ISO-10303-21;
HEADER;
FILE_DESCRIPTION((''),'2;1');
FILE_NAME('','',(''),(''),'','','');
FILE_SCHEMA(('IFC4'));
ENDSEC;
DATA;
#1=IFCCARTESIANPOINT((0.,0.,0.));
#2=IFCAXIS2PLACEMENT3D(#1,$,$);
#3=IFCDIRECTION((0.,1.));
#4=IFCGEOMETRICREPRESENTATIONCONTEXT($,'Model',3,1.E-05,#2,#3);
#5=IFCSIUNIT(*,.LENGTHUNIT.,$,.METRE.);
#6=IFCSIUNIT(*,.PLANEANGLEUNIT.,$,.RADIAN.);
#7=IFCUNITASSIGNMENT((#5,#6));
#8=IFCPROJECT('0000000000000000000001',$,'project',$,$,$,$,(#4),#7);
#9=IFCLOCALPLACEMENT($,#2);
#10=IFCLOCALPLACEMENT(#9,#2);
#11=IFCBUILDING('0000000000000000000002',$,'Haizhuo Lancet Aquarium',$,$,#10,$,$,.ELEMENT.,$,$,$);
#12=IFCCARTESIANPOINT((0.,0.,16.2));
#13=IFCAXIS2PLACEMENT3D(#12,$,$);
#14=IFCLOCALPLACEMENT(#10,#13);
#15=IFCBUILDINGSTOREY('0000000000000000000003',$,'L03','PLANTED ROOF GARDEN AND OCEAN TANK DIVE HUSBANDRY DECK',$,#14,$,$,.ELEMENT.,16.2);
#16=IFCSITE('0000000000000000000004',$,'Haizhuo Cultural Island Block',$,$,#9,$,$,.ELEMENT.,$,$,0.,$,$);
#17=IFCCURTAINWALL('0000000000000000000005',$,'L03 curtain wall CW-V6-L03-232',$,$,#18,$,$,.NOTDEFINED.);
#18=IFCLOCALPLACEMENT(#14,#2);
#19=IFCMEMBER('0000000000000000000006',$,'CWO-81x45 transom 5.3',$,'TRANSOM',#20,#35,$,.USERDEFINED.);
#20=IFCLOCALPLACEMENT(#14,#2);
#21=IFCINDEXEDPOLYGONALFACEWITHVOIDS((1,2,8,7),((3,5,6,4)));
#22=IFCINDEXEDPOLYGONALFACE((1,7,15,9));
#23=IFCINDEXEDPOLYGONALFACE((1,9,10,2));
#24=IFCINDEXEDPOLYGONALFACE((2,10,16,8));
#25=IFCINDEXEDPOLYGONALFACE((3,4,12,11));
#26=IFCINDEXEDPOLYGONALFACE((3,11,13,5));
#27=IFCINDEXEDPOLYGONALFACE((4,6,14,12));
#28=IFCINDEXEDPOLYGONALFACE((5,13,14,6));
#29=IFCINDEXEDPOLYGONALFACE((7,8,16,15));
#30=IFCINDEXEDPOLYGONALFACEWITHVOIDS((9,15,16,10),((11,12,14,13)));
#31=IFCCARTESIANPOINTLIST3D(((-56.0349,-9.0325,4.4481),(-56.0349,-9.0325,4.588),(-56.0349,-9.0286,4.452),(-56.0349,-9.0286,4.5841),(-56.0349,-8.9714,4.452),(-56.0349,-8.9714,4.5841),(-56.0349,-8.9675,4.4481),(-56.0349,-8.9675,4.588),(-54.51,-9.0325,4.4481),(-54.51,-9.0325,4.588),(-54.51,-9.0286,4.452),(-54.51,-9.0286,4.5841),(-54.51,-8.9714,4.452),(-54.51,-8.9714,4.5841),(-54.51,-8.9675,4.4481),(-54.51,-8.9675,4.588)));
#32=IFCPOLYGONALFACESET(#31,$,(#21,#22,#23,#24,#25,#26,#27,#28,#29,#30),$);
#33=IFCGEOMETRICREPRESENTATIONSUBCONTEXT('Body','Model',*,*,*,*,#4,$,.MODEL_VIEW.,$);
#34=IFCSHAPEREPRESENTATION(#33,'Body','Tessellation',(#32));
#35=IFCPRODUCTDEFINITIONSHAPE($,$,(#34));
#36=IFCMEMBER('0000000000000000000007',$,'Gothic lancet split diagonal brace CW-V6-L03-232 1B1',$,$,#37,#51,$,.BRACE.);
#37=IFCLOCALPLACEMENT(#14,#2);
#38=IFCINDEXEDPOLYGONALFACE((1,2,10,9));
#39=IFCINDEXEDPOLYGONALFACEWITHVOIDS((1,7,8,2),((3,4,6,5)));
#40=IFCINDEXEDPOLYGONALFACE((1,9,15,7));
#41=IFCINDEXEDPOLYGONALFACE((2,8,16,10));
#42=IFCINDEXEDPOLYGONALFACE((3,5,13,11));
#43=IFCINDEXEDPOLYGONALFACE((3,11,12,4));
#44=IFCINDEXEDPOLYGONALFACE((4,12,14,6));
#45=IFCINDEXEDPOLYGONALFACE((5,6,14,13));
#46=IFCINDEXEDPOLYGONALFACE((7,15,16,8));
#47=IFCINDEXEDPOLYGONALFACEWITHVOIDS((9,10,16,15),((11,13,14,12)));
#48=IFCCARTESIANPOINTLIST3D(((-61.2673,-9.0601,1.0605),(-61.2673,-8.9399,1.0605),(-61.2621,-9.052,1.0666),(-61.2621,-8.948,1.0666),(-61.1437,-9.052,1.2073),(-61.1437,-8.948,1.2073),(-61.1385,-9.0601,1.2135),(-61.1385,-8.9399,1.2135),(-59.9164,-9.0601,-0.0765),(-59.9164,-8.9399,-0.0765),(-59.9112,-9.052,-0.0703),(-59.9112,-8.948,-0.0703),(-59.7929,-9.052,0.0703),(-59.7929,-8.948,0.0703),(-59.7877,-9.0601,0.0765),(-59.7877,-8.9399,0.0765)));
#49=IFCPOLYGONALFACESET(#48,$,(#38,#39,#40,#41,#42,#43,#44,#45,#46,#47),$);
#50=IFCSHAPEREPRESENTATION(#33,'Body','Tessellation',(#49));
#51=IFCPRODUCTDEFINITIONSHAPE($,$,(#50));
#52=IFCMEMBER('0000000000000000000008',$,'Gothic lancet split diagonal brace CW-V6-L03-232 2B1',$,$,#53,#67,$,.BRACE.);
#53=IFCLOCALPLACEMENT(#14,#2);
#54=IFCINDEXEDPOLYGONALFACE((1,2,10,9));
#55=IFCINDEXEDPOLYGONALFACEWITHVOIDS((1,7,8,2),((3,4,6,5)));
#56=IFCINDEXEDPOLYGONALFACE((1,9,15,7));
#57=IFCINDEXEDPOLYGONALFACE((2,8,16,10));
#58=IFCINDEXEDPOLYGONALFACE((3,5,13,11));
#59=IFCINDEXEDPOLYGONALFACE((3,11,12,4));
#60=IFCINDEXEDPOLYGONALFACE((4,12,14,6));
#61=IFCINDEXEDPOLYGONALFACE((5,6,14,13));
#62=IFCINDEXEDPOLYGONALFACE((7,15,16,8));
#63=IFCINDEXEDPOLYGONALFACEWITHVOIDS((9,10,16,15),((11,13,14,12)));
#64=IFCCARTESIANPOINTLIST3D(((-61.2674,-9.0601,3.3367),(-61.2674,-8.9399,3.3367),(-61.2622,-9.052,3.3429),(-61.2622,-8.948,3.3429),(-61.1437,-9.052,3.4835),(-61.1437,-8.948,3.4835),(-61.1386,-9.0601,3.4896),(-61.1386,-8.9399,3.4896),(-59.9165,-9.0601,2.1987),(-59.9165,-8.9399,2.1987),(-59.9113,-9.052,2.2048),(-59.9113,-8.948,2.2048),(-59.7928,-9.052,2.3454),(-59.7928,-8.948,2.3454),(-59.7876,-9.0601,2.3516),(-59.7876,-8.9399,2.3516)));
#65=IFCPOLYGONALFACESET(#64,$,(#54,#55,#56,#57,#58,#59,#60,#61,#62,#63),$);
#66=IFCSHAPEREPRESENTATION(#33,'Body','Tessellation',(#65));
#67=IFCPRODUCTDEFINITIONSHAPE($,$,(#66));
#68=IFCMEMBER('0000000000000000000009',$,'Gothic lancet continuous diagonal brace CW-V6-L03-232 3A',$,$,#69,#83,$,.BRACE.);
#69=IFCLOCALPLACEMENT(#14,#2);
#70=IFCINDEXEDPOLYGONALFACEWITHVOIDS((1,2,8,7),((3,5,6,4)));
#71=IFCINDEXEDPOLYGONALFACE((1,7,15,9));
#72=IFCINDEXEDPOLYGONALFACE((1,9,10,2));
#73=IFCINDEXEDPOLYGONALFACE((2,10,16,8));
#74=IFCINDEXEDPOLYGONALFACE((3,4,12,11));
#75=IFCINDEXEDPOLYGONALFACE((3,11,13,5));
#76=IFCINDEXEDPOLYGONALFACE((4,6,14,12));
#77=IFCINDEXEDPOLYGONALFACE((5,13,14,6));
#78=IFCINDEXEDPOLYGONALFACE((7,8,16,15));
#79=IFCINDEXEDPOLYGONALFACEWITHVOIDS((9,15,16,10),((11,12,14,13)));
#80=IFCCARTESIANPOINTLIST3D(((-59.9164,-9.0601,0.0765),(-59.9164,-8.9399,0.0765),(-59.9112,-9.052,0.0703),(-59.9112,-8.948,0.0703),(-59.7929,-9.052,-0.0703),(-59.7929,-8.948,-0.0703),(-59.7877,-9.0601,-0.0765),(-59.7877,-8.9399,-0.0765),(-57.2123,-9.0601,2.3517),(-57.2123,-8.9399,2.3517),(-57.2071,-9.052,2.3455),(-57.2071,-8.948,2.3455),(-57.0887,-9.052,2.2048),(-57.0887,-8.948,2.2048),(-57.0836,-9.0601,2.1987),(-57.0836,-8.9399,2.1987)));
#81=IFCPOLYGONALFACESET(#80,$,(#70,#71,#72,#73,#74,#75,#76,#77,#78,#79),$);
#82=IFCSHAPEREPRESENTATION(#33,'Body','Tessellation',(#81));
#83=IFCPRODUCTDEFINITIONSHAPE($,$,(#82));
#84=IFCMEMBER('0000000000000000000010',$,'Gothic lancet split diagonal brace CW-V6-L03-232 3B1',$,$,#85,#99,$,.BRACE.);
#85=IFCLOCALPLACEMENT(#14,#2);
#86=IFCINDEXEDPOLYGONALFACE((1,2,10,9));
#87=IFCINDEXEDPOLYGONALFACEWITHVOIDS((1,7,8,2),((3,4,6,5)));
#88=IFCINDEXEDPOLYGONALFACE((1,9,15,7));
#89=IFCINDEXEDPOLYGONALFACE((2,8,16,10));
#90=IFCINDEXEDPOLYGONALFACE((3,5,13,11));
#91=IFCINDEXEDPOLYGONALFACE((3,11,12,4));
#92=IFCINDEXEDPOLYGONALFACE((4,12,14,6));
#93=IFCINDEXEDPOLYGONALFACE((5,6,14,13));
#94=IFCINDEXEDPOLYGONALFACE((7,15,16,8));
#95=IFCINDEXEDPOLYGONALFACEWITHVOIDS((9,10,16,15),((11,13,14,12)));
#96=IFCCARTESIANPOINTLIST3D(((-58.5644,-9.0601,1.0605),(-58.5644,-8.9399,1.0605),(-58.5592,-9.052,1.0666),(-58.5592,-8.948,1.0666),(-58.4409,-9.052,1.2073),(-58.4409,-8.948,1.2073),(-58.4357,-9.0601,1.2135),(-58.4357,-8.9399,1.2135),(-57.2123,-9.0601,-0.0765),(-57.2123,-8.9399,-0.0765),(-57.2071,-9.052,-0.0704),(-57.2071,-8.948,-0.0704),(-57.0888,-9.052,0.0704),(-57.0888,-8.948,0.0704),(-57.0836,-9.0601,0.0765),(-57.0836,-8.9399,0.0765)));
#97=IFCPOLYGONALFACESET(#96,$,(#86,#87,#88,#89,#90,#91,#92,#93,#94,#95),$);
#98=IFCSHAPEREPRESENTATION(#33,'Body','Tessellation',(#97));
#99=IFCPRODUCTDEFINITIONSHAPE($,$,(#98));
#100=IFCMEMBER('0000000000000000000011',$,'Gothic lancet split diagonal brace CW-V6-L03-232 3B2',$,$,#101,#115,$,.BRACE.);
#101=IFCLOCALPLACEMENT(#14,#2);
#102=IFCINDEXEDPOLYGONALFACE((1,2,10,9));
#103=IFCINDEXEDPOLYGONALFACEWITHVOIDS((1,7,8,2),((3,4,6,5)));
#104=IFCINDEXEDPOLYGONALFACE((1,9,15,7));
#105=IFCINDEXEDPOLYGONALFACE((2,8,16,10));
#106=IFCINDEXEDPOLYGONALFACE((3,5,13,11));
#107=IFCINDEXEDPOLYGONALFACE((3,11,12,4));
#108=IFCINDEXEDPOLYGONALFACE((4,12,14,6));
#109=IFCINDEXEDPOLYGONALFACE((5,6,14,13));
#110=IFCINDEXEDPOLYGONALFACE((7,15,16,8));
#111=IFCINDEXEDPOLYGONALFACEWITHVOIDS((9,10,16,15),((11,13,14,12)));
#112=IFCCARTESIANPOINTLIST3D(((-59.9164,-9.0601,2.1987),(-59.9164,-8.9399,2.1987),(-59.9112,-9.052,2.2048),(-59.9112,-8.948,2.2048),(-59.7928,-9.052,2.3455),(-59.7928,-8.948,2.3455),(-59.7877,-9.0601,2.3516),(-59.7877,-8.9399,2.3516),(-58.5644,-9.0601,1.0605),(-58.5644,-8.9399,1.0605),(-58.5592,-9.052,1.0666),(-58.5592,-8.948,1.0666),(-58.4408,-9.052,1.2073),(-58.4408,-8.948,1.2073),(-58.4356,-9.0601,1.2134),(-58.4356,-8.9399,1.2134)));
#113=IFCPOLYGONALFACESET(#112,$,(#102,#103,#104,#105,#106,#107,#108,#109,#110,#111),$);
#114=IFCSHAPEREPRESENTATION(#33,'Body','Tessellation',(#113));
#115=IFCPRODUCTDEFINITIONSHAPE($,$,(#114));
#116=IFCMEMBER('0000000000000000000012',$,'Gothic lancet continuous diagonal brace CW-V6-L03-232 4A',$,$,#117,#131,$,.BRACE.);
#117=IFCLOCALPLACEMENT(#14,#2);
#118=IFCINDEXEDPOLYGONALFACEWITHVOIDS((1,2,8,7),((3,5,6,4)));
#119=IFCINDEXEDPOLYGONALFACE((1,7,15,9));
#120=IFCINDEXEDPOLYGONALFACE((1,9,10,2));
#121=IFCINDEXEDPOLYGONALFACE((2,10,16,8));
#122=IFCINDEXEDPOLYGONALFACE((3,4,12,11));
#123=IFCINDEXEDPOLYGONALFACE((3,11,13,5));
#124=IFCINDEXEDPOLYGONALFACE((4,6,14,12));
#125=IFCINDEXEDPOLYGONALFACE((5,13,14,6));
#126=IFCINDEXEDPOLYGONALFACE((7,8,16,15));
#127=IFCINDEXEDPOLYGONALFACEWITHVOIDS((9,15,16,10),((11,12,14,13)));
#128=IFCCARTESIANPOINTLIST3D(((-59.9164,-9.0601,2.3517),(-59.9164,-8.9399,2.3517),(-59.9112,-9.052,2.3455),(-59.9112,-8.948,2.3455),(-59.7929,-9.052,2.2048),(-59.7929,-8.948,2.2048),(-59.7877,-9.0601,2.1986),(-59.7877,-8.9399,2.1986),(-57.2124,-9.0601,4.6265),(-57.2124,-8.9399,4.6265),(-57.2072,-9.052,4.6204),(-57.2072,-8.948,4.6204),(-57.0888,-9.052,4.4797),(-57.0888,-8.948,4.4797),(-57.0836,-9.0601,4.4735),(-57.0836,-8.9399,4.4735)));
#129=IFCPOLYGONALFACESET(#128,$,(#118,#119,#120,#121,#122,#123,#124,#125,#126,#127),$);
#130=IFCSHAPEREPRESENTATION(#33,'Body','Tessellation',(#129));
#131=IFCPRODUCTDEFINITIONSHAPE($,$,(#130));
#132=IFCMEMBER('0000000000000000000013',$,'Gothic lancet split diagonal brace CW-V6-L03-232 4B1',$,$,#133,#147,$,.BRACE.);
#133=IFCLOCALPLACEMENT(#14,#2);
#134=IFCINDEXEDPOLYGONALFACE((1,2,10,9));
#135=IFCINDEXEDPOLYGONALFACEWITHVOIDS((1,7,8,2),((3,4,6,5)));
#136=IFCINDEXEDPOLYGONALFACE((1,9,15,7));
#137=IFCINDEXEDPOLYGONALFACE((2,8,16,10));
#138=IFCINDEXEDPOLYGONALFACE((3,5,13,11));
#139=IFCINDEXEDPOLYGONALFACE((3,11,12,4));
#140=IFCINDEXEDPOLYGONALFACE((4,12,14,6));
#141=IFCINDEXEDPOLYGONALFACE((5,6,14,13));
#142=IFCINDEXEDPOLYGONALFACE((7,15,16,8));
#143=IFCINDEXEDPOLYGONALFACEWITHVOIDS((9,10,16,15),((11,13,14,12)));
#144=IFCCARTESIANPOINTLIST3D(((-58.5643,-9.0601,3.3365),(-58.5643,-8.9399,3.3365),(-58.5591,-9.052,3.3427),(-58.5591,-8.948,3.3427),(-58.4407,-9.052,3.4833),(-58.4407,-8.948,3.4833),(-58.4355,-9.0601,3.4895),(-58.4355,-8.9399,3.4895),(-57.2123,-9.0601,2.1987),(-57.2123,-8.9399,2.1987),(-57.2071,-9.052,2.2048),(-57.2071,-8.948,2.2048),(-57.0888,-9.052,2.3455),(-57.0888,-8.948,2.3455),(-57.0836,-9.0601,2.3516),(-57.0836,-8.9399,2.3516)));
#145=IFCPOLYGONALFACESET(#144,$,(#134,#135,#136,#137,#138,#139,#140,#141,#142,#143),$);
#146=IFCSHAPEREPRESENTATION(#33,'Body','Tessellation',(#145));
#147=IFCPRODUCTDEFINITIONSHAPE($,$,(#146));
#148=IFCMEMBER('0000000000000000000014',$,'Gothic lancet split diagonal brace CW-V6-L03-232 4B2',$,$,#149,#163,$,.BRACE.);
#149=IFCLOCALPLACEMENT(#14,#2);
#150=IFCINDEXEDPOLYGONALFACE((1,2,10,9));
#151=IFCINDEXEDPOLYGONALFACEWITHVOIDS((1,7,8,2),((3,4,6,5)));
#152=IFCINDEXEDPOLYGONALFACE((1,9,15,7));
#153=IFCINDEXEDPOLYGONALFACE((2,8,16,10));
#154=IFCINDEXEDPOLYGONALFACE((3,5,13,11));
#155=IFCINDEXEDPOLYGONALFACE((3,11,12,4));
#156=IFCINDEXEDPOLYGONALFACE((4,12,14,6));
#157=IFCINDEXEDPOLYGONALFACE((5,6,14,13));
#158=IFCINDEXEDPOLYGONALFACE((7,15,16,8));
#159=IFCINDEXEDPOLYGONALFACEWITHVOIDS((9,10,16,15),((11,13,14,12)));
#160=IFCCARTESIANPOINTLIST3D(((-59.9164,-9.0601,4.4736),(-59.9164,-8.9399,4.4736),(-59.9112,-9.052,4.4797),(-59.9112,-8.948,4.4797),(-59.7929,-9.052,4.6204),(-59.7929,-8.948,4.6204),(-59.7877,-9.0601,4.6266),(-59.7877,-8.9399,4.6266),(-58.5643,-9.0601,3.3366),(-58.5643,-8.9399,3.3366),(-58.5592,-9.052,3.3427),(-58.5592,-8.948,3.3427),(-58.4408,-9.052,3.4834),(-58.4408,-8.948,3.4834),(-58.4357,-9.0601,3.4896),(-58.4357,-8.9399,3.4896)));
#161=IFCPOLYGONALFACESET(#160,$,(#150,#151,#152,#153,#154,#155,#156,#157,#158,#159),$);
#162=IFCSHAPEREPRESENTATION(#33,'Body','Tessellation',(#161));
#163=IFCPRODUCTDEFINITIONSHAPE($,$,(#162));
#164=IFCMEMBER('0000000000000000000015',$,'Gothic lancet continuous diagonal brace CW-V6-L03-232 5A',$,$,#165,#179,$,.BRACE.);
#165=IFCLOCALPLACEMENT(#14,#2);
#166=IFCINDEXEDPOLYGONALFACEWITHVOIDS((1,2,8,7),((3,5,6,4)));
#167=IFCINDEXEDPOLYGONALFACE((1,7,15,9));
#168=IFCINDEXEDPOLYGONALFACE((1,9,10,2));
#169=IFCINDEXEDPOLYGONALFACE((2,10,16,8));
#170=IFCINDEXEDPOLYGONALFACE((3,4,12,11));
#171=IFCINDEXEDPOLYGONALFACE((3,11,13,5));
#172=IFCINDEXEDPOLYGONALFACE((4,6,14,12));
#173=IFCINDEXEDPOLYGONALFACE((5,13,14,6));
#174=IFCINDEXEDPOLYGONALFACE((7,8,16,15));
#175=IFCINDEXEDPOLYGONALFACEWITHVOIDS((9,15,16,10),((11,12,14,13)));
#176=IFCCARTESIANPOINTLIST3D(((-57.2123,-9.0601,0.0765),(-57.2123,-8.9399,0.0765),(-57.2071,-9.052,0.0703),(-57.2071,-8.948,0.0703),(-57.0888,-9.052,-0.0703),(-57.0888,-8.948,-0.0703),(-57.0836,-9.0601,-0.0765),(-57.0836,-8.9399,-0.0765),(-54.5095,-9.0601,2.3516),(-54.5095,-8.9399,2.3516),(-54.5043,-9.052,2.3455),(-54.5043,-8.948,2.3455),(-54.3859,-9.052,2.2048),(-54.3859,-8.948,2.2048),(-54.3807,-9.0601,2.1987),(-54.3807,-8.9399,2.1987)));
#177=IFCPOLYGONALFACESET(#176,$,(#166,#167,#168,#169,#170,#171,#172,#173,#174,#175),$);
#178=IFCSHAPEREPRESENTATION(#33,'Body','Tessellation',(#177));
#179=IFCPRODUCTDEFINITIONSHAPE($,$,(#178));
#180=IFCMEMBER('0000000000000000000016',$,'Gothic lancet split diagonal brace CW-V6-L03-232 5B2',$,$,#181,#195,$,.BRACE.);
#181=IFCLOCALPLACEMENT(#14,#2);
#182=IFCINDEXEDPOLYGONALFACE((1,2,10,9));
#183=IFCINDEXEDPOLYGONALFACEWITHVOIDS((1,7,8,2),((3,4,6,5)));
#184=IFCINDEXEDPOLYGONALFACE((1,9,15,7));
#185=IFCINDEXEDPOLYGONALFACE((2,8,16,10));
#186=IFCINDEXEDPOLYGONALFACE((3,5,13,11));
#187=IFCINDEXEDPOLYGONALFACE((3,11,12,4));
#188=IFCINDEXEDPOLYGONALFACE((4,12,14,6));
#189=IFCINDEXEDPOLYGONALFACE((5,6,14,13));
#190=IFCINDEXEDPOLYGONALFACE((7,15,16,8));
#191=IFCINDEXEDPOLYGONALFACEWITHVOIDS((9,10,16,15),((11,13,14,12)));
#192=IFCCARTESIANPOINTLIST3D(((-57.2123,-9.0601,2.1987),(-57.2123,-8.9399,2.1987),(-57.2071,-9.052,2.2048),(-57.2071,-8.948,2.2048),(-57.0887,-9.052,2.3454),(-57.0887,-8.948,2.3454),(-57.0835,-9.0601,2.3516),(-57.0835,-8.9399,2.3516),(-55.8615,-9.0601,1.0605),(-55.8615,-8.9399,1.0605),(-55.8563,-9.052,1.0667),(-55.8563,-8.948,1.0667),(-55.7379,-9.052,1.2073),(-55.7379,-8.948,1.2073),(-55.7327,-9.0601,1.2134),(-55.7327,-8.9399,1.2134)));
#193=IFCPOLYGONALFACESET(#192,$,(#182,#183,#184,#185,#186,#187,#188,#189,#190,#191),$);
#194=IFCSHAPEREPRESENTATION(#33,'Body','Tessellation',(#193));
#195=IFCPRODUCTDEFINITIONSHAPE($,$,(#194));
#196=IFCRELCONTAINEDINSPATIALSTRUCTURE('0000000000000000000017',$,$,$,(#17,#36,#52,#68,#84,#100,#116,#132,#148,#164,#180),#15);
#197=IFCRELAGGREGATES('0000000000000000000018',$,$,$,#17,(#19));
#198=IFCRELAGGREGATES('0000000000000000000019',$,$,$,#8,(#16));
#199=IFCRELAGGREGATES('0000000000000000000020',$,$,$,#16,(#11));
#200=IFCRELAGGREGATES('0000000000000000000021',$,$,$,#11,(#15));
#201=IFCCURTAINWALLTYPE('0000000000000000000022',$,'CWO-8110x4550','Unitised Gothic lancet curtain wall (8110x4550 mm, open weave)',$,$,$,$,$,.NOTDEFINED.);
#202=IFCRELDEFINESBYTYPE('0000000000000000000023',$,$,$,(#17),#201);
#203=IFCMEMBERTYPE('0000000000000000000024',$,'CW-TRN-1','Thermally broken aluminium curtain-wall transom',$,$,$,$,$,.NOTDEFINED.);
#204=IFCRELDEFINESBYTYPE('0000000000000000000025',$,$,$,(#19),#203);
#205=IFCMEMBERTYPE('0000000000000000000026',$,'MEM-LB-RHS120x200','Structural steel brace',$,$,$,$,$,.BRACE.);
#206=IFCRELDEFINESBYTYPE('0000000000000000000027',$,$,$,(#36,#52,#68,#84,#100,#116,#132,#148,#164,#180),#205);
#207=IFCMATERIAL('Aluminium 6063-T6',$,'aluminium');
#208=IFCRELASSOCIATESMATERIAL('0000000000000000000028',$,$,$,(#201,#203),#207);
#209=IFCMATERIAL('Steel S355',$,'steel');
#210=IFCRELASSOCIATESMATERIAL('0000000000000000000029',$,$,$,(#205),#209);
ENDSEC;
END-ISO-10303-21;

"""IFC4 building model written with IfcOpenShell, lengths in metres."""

from ifc_helpers import new_model, si_unit, direction, frame, origin, origin_2d, place, context, subcontext, project, spatial, hollow_rectangle, extrude, material, material_profile, profile_set, type_object, element, aggregate, save


model = new_model("IFC4")

# Units and contexts
model_context = context("Model", 3, precision=1e-05, world=origin(), true_north=direction((0.0, 1.0)))
body_context = subcontext(model_context, "Body", "Model", "MODEL_VIEW")
ifc_project = project(units=[si_unit("LENGTHUNIT", "METRE"), si_unit("PLANEANGLEUNIT", "RADIAN")], contexts=[model_context])

# Site, building, storey
site_placement = place(None, origin())
site = spatial("IfcSite", under=ifc_project, at=site_placement, Name="Haizhuo Cultural Island Block", CompositionType="ELEMENT", RefElevation=0.0)
building_placement = place(site_placement, origin())
building = spatial("IfcBuilding", under=site, at=building_placement, Name="Haizhuo Lancet Aquarium", CompositionType="ELEMENT")
storey_placement = place(building_placement, frame((0.0, 0.0, 16.2)))
storey = spatial("IfcBuildingStorey", under=building, at=storey_placement, Name="L03", Description="PLANTED ROOF GARDEN AND OCEAN TANK DIVE HUSBANDRY DECK", CompositionType="ELEMENT", Elevation=16.2)

# Curtain wall, member
ifc_material_1 = material(Name="Aluminium 6063-T6", Category="aluminium")
curtain_wall_type = type_object("IfcCurtainWallType", Name="CWO-8110x4550", Description="Unitised Gothic lancet curtain wall (8110x4550 mm, open weave)", PredefinedType="NOTDEFINED", material=ifc_material_1)
curtain_wall_placement = place(storey_placement, origin())
curtain_wall = element("IfcCurtainWall", 1, at=curtain_wall_placement, inside=storey, type_object=curtain_wall_type, Name="L03 curtain wall CW-V6-L03-232", PredefinedType="NOTDEFINED")
ifc_material_profile_1 = material_profile(ifc_material_1, hollow_rectangle(XDim=0.0649, YDim=0.1399, WallThickness=0.0039, at=origin_2d()), Name="ALU-T 65x140x4")
ifc_profile_set_1 = profile_set([ifc_material_profile_1], Name="Aluminium 6063-T6")
member_type_1 = type_object("IfcMemberType", Name="CW-TRN-1", Description="Thermally broken aluminium curtain-wall transom", PredefinedType="NOTDEFINED", material=ifc_profile_set_1)
member_1_placement = place(storey_placement, frame((-56.0349, -9.0, 4.5181), z_axis=(1.0, 0.0, 0.0), x_axis=(0.0, 1.0, 0.0)))
member_1 = element("IfcMember", 2, at=member_1_placement, type_object=member_type_1, Name="CWO-81x45 transom 5.3", ObjectType="TRANSOM", PredefinedType="USERDEFINED", context=body_context, shape_type="SweptSolid", body=[
    extrude(hollow_rectangle(XDim=0.0649, YDim=0.1399, WallThickness=0.0039, at=origin_2d()), origin(), (0.0, 0.0, 1.0), 1.5249),
])

# Members
ifc_material_2 = material(Name="Steel S355", Category="steel")
ifc_material_profile_2 = material_profile(ifc_material_2, hollow_rectangle(XDim=0.1201, YDim=0.2, WallThickness=0.0081, at=origin_2d()), Name="RHS 120x200x8")
ifc_profile_set_2 = profile_set([ifc_material_profile_2], Name="Steel S355")
member_type_2 = type_object("IfcMemberType", Name="MEM-LB-RHS120x200", Description="Structural steel brace", PredefinedType="BRACE", material=ifc_profile_set_2)
member_2_placement = place(storey_placement, frame((-59.8521, -9.0, 0.0), z_axis=(-0.765073, 0.0, 0.643944), x_axis=(0.0, -1.0, 0.0)))
element("IfcMember", 3, at=member_2_placement, inside=storey, type_object=member_type_2, Name="Gothic lancet split diagonal brace CW-V6-L03-232 1B1", PredefinedType="BRACE", context=body_context, shape_type="SweptSolid", body=[
    extrude(hollow_rectangle(XDim=0.1201, YDim=0.2, WallThickness=0.0081, at=origin_2d()), origin(), (0.0, 0.0, 1.0), 1.7656),
])
member_3_placement = place(storey_placement, frame((-59.8521, -9.0, 2.2751), z_axis=(-0.7648, 0.0, 0.644268), x_axis=(0.0, -1.0, 0.0)))
element("IfcMember", 4, at=member_3_placement, inside=storey, type_object=member_type_2, Name="Gothic lancet split diagonal brace CW-V6-L03-232 2B1", PredefinedType="BRACE", context=body_context, shape_type="SweptSolid", body=[
    extrude(hollow_rectangle(XDim=0.1201, YDim=0.2, WallThickness=0.0081, at=origin_2d()), origin(), (0.0, 0.0, 1.0), 1.7664),
])
member_4_placement = place(storey_placement, frame((-59.8521, -9.0, 0.0), z_axis=(0.765189, 0.0, 0.643806), x_axis=(0.0, 1.0, 0.0)))
element("IfcMember", 5, at=member_4_placement, inside=storey, type_object=member_type_2, Name="Gothic lancet continuous diagonal brace CW-V6-L03-232 3A", PredefinedType="BRACE", context=body_context, shape_type="SweptSolid", body=[
    extrude(hollow_rectangle(XDim=0.1201, YDim=0.2, WallThickness=0.0081, at=origin_2d()), origin(), (0.0, 0.0, 1.0), 3.5339),
])
member_5_placement = place(storey_placement, frame((-57.1479, -9.0, 0.0), z_axis=(-0.765359, 0.0, 0.643604), x_axis=(0.0, -1.0, 0.0)))
element("IfcMember", 6, at=member_5_placement, inside=storey, type_object=member_type_2, Name="Gothic lancet split diagonal brace CW-V6-L03-232 3B1", PredefinedType="BRACE", context=body_context, shape_type="SweptSolid", body=[
    extrude(hollow_rectangle(XDim=0.1201, YDim=0.2, WallThickness=0.0081, at=origin_2d()), origin(), (0.0, 0.0, 1.0), 1.7666),
])
member_6_placement = place(storey_placement, frame((-58.5, -9.0, 1.137), z_axis=(-0.765019, 0.0, 0.644008), x_axis=(0.0, -1.0, 0.0)))
element("IfcMember", 7, at=member_6_placement, inside=storey, type_object=member_type_2, Name="Gothic lancet split diagonal brace CW-V6-L03-232 3B2", PredefinedType="BRACE", context=body_context, shape_type="SweptSolid", body=[
    extrude(hollow_rectangle(XDim=0.1201, YDim=0.2, WallThickness=0.0081, at=origin_2d()), origin(), (0.0, 0.0, 1.0), 1.7673),
])
member_7_placement = place(storey_placement, frame((-59.8521, -9.0, 2.2751), z_axis=(0.765223, 0.0, 0.643765), x_axis=(0.0, 1.0, 0.0)))
element("IfcMember", 8, at=member_7_placement, inside=storey, type_object=member_type_2, Name="Gothic lancet continuous diagonal brace CW-V6-L03-232 4A", PredefinedType="BRACE", context=body_context, shape_type="SweptSolid", body=[
    extrude(hollow_rectangle(XDim=0.1201, YDim=0.2, WallThickness=0.0081, at=origin_2d()), origin(), (0.0, 0.0, 1.0), 3.5337),
])
member_8_placement = place(storey_placement, frame((-57.1479, -9.0, 2.2751), z_axis=(-0.765087, 0.0, 0.643927), x_axis=(0.0, -1.0, 0.0)))
element("IfcMember", 9, at=member_8_placement, inside=storey, type_object=member_type_2, Name="Gothic lancet split diagonal brace CW-V6-L03-232 4B1", PredefinedType="BRACE", context=body_context, shape_type="SweptSolid", body=[
    extrude(hollow_rectangle(XDim=0.1201, YDim=0.2, WallThickness=0.0081, at=origin_2d()), origin(), (0.0, 0.0, 1.0), 1.7671),
])
member_9_placement = place(storey_placement, frame((-58.5, -9.0, 3.4131), z_axis=(-0.765359, 0.0, 0.643604), x_axis=(0.0, -1.0, 0.0)))
element("IfcMember", 10, at=member_9_placement, inside=storey, type_object=member_type_2, Name="Gothic lancet split diagonal brace CW-V6-L03-232 4B2", PredefinedType="BRACE", context=body_context, shape_type="SweptSolid", body=[
    extrude(hollow_rectangle(XDim=0.1201, YDim=0.2, WallThickness=0.0081, at=origin_2d()), origin(), (0.0, 0.0, 1.0), 1.7666),
])
member_10_placement = place(storey_placement, frame((-57.1479, -9.0, 0.0), z_axis=(0.765046, 0.0, 0.643976), x_axis=(0.0, 1.0, 0.0)))
element("IfcMember", 11, at=member_10_placement, inside=storey, type_object=member_type_2, Name="Gothic lancet continuous diagonal brace CW-V6-L03-232 5A", PredefinedType="BRACE", context=body_context, shape_type="SweptSolid", body=[
    extrude(hollow_rectangle(XDim=0.1201, YDim=0.2, WallThickness=0.0081, at=origin_2d()), origin(), (0.0, 0.0, 1.0), 3.533),
])
member_11_placement = place(storey_placement, frame((-55.7971, -9.0, 1.137), z_axis=(-0.764732, 0.0, 0.644349), x_axis=(0.0, -1.0, 0.0)))
element("IfcMember", 12, at=member_11_placement, inside=storey, type_object=member_type_2, Name="Gothic lancet split diagonal brace CW-V6-L03-232 5B2", PredefinedType="BRACE", context=body_context, shape_type="SweptSolid", body=[
    extrude(hollow_rectangle(XDim=0.1201, YDim=0.2, WallThickness=0.0081, at=origin_2d()), origin(), (0.0, 0.0, 1.0), 1.7664),
])

aggregate(curtain_wall, [member_1])

save(model, "model.ifc")
